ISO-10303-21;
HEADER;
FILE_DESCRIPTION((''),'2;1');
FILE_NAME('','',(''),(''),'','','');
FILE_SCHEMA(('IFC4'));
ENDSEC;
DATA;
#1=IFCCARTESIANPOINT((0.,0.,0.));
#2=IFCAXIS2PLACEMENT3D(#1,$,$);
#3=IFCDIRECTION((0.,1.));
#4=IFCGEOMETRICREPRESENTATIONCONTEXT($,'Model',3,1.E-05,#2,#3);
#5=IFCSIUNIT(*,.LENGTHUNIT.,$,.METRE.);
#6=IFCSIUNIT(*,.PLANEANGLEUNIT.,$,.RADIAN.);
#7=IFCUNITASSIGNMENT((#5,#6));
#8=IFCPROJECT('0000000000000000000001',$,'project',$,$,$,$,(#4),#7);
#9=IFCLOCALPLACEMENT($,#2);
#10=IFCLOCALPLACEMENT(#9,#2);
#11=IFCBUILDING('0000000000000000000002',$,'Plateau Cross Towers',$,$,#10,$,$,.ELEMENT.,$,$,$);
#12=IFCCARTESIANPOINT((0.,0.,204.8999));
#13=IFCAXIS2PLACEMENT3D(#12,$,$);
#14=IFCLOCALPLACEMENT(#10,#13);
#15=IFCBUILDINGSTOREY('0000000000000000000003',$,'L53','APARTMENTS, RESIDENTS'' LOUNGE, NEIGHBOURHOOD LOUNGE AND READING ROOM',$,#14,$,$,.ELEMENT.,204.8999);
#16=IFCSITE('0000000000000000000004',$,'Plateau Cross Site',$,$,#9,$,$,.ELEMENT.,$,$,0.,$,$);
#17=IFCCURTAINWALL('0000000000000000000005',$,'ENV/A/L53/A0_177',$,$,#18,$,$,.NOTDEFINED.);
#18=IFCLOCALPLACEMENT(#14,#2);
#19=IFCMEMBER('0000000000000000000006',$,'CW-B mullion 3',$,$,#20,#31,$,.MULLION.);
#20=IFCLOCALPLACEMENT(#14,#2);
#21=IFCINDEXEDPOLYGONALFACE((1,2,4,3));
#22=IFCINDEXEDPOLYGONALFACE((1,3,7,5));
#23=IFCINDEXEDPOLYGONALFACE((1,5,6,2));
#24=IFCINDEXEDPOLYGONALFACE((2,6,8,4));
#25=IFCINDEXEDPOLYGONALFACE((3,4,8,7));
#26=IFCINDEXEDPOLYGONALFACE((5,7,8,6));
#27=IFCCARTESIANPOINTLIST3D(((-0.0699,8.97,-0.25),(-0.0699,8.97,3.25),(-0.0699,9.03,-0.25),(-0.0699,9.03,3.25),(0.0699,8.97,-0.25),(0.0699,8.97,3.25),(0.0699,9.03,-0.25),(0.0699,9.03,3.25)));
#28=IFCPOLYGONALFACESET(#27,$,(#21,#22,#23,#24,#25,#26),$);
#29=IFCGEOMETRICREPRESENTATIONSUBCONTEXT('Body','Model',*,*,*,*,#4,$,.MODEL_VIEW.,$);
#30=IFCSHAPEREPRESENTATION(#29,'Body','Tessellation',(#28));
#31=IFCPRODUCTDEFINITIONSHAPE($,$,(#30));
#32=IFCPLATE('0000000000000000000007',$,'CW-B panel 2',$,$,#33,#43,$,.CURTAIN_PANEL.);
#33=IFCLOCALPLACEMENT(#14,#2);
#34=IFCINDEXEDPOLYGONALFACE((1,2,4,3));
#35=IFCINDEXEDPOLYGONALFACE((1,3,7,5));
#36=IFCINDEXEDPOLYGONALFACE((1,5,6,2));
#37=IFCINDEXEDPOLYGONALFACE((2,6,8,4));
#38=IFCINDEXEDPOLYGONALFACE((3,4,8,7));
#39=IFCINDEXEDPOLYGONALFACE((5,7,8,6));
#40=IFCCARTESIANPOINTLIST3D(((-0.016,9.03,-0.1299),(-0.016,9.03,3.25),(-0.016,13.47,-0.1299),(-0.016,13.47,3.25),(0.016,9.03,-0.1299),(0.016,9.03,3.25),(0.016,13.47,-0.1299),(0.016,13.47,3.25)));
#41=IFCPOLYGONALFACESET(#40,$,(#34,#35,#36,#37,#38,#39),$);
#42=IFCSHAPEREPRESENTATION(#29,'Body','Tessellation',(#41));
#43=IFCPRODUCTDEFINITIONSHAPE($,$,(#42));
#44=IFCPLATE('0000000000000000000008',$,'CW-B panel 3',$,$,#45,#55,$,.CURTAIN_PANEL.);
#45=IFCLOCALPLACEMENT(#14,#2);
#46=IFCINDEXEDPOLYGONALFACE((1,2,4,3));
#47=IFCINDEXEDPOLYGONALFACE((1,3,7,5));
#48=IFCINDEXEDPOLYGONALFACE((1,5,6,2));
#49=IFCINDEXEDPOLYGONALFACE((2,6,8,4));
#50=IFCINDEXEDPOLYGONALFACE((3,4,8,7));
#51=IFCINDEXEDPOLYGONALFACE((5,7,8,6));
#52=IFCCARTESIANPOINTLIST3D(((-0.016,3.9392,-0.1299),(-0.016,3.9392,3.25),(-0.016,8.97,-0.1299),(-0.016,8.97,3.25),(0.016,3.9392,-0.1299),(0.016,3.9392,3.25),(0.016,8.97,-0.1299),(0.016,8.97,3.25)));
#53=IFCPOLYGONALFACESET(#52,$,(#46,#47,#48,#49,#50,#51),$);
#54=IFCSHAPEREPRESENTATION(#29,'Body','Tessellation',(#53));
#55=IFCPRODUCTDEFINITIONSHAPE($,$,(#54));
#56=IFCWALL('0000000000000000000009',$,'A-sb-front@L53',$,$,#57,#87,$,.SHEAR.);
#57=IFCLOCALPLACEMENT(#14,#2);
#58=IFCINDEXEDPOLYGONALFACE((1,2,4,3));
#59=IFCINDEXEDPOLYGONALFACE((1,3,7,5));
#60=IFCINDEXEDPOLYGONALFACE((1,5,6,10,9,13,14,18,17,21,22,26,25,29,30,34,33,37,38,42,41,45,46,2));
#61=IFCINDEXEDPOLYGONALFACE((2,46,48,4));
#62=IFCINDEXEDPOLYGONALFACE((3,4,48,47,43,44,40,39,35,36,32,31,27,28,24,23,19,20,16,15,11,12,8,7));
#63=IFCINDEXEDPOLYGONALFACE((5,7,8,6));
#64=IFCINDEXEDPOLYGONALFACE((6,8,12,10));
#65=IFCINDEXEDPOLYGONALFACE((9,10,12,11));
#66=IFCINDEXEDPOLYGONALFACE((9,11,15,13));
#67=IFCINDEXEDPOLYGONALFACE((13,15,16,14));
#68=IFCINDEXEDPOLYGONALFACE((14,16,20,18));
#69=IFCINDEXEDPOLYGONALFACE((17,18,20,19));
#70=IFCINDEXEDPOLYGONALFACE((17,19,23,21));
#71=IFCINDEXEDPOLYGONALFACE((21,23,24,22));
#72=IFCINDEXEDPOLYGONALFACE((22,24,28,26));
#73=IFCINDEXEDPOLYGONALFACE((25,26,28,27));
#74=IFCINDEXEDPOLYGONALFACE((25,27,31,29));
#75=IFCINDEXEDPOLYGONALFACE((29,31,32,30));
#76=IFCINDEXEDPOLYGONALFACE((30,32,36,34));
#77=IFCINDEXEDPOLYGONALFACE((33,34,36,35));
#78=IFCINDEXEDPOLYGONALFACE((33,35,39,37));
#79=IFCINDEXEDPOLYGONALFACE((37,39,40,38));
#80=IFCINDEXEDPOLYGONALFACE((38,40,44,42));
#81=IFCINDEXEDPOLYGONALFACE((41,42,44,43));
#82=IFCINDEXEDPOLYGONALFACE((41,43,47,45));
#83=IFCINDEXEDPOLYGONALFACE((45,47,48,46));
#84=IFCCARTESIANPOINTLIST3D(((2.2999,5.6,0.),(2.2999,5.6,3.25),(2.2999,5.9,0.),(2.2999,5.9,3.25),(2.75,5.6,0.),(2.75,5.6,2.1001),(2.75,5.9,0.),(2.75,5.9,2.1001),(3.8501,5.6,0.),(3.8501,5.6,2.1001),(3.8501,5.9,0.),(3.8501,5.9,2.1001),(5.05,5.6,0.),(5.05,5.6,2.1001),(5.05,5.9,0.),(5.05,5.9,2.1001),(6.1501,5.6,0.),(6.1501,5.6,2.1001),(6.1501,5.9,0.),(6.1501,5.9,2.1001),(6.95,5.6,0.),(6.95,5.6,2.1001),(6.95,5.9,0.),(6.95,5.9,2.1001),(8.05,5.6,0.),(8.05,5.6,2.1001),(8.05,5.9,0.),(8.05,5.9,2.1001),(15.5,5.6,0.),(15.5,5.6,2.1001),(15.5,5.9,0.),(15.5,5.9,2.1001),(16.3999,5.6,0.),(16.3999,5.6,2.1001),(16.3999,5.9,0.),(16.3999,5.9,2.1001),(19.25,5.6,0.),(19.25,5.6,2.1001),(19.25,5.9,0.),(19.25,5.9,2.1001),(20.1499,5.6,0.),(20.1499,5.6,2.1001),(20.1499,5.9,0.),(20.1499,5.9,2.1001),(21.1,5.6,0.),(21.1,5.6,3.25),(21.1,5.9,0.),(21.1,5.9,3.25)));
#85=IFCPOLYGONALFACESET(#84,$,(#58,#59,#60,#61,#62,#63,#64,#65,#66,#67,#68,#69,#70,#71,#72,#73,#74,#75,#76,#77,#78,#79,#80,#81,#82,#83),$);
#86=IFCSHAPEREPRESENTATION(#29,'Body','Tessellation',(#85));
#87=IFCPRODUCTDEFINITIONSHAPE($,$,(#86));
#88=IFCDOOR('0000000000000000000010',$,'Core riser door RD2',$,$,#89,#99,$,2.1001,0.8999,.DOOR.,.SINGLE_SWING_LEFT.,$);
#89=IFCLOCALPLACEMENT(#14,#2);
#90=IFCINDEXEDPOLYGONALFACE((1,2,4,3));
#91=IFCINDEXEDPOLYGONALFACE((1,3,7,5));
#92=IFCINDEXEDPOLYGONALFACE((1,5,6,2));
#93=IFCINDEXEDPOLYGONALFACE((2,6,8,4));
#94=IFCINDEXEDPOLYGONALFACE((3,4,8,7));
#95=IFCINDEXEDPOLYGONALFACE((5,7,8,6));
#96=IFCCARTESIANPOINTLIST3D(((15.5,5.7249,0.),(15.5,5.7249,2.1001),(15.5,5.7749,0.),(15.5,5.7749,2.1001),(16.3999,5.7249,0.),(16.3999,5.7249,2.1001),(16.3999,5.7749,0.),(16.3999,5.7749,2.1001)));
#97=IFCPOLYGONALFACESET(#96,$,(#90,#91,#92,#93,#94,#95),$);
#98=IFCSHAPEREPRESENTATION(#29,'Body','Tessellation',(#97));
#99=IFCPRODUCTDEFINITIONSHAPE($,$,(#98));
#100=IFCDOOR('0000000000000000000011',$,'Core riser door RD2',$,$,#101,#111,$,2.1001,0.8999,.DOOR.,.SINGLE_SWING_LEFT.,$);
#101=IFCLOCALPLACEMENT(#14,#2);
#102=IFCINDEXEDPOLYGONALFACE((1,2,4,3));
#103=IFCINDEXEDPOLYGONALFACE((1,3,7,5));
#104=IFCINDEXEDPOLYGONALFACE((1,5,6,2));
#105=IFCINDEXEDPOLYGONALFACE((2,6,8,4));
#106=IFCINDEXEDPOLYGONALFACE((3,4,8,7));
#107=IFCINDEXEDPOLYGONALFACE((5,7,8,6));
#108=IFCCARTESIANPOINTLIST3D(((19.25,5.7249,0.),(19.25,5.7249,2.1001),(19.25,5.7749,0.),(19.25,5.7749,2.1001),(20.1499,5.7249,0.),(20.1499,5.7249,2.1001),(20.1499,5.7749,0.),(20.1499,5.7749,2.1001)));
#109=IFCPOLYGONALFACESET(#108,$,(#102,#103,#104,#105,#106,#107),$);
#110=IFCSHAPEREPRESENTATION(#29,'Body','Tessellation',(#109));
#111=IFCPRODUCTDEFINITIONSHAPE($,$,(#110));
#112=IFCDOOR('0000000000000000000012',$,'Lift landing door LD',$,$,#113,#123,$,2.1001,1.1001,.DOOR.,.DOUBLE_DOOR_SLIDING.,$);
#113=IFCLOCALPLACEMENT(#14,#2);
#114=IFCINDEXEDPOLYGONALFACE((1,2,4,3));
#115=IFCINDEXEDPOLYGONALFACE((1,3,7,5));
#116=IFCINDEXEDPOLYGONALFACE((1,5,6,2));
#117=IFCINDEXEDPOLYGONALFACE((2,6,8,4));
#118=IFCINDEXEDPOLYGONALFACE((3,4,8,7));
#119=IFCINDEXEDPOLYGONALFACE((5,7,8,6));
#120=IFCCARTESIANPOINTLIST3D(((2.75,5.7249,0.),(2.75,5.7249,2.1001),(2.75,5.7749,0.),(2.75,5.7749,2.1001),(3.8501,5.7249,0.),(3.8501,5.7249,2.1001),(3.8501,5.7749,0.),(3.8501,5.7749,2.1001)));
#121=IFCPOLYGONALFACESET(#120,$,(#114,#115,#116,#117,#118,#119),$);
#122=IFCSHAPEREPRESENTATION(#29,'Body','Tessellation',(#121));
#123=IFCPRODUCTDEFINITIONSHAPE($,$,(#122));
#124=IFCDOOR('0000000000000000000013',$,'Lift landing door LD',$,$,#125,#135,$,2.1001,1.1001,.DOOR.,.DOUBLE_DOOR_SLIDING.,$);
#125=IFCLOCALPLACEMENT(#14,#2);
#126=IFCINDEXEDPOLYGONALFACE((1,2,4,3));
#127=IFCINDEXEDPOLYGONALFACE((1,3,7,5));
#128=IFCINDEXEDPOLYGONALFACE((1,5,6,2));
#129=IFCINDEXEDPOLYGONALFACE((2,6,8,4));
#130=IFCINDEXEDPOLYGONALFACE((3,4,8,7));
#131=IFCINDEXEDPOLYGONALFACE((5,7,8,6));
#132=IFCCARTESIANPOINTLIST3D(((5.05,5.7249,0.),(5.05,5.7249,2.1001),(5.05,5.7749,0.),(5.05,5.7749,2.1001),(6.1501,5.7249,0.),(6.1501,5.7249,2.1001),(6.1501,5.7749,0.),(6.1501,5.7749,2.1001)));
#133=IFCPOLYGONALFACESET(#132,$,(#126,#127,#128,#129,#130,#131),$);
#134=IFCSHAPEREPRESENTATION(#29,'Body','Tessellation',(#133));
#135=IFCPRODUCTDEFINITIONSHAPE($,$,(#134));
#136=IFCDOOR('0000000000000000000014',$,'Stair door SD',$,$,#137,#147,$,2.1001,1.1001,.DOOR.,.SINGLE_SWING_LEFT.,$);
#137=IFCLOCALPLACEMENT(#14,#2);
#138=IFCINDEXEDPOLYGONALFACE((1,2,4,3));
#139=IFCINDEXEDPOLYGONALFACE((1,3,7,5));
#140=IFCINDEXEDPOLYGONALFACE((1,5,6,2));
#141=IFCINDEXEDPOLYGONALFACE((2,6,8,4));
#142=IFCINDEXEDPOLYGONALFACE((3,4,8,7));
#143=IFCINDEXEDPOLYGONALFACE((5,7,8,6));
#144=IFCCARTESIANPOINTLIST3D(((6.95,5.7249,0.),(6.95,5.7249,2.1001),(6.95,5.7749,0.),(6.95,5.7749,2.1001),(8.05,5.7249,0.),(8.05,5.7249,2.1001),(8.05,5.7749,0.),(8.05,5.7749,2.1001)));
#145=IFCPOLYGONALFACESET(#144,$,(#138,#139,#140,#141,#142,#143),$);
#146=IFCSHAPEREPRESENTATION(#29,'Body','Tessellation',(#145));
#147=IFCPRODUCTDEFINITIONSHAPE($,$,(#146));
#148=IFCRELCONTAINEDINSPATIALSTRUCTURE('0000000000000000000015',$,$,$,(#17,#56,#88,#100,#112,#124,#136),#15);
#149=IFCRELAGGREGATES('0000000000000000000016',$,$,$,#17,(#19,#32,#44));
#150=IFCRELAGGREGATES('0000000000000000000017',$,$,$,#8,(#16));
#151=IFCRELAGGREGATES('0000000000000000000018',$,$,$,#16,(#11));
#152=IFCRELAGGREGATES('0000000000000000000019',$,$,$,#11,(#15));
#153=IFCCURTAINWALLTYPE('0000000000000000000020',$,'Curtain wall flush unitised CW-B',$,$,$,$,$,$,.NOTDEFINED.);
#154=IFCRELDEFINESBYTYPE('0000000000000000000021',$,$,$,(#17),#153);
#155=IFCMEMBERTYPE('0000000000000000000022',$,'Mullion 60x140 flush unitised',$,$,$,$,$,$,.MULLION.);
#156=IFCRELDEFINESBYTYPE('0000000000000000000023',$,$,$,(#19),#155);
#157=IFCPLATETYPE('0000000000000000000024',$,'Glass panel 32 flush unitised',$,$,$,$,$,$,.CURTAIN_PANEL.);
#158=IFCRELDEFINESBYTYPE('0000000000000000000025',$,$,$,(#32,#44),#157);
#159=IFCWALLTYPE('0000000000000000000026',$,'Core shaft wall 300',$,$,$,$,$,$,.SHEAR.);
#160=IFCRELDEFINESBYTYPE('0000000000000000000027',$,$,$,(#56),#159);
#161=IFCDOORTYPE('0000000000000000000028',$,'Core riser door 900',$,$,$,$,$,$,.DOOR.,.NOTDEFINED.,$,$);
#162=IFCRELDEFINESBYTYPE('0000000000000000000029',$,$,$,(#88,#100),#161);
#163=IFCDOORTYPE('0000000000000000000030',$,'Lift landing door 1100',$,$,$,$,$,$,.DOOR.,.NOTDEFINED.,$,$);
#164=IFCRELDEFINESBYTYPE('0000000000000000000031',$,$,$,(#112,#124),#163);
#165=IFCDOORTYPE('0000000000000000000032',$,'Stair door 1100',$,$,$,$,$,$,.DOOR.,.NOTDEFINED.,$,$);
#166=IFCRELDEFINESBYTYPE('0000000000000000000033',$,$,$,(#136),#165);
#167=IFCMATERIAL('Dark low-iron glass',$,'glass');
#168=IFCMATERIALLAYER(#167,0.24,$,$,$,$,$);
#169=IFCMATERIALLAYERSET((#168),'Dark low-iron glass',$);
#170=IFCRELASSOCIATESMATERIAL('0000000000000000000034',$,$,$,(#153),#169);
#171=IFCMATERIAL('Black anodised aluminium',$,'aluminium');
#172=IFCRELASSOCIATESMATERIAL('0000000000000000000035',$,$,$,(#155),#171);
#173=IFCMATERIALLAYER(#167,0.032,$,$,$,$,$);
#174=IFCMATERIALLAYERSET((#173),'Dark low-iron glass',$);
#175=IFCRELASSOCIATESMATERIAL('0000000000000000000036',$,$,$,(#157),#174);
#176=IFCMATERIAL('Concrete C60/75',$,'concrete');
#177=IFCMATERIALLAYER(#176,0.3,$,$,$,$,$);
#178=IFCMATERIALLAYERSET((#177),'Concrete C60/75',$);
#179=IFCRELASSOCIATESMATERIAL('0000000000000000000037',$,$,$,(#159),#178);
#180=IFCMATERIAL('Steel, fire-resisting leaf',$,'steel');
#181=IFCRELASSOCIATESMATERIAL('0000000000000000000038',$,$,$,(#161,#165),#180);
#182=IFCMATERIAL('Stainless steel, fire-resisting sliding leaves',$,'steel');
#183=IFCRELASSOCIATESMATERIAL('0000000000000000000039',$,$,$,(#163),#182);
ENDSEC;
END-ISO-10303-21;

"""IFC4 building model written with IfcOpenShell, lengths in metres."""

from ifc_helpers import new_model, si_unit, direction, frame, frame_2d, origin, origin_2d, place, context, subcontext, project, spatial, rectangle, extrude, material, layer, layer_set, material_profile, profile_set, type_object, element, fill, aggregate, save


model = new_model("IFC4")

# Units and contexts
model_context = context("Model", 3, precision=1e-05, world=origin(), true_north=direction((0.0, 1.0)))
body_context = subcontext(model_context, "Body", "Model", "MODEL_VIEW")
ifc_project = project(units=[si_unit("LENGTHUNIT", "METRE"), si_unit("PLANEANGLEUNIT", "RADIAN")], contexts=[model_context])

# Site, building, storey
site_placement = place(None, origin())
site = spatial("IfcSite", under=ifc_project, at=site_placement, Name="Plateau Cross Site", CompositionType="ELEMENT", RefElevation=0.0)
building_placement = place(site_placement, origin())
building = spatial("IfcBuilding", under=site, at=building_placement, Name="Plateau Cross Towers", CompositionType="ELEMENT")
storey_placement = place(building_placement, frame((0.0, 0.0, 204.8999)))
storey = spatial("IfcBuildingStorey", under=building, at=storey_placement, Name="L53", Description="APARTMENTS, RESIDENTS' LOUNGE, NEIGHBOURHOOD LOUNGE AND READING ROOM", CompositionType="ELEMENT", Elevation=204.8999)

# Curtain wall, member, plates
ifc_material_1 = material(Name="Dark low-iron glass", Category="glass")
ifc_layer_1 = layer(ifc_material_1, 0.24)
ifc_layer_set_1 = layer_set([ifc_layer_1], Name="Dark low-iron glass")
curtain_wall_type = type_object("IfcCurtainWallType", Name="Curtain wall flush unitised CW-B", PredefinedType="NOTDEFINED", material=ifc_layer_set_1)
curtain_wall_placement = place(storey_placement, origin())
curtain_wall = element("IfcCurtainWall", 1, at=curtain_wall_placement, inside=storey, type_object=curtain_wall_type, Name="ENV/A/L53/A0_177", PredefinedType="NOTDEFINED")
ifc_material_2 = material(Name="Black anodised aluminium", Category="aluminium")
ifc_material_profile = material_profile(ifc_material_2, rectangle(XDim=0.0601, YDim=0.1399, at=origin_2d()), Name="MULLION 60x140")
ifc_profile_set = profile_set([ifc_material_profile], Name="Black anodised aluminium")
member_type = type_object("IfcMemberType", Name="Mullion 60x140 flush unitised", PredefinedType="MULLION", material=ifc_profile_set)
member_placement = place(storey_placement, frame((0.0, 9.0, -0.25), z_axis=(0.0, 0.0, 1.0), x_axis=(0.0, -1.0, 0.0)))
member = element("IfcMember", 2, at=member_placement, type_object=member_type, Name="CW-B mullion 3", PredefinedType="MULLION", context=body_context, shape_type="SweptSolid", body=[
    extrude(rectangle(XDim=0.0601, YDim=0.1399, at=origin_2d()), origin(), (0.0, 0.0, 1.0), 3.5),
])
ifc_layer_2 = layer(ifc_material_1, 0.032)
ifc_layer_set_2 = layer_set([ifc_layer_2], Name="Dark low-iron glass")
plate_type = type_object("IfcPlateType", Name="Glass panel 32 flush unitised", PredefinedType="CURTAIN_PANEL", material=ifc_layer_set_2)
plate_1_placement = place(storey_placement, frame((0.0, 11.25, -0.1299), z_axis=(0.0, 0.0, 1.0), x_axis=(0.0, -1.0, 0.0)))
plate_1 = element("IfcPlate", 3, at=plate_1_placement, type_object=plate_type, Name="CW-B panel 2", PredefinedType="CURTAIN_PANEL", context=body_context, shape_type="SweptSolid", body=[
    extrude(rectangle(XDim=4.4399, YDim=0.032, at=origin_2d()), origin(), (0.0, 0.0, 1.0), 3.3799),
])
plate_2_placement = place(storey_placement, frame((0.0, 6.4546, -0.1299), z_axis=(0.0, 0.0, 1.0), x_axis=(0.0, -1.0, 0.0)))
plate_2 = element("IfcPlate", 4, at=plate_2_placement, type_object=plate_type, Name="CW-B panel 3", PredefinedType="CURTAIN_PANEL", context=body_context, shape_type="SweptSolid", body=[
    extrude(rectangle(XDim=5.0308, YDim=0.032, at=origin_2d()), origin(), (0.0, 0.0, 1.0), 3.3799),
])
aggregate(curtain_wall, [member, plate_1, plate_2])

# Wall, openings, doors
ifc_material_3 = material(Name="Concrete C60/75", Category="concrete")
ifc_layer_3 = layer(ifc_material_3, 0.3)
ifc_layer_set_3 = layer_set([ifc_layer_3], Name="Concrete C60/75")
wall_type = type_object("IfcWallType", Name="Core shaft wall 300", PredefinedType="SHEAR", material=ifc_layer_set_3)
wall_1_placement = place(storey_placement, frame((2.3, 5.75, 0.0), z_axis=(0.0, 0.0, 1.0), x_axis=(1.0, 0.0, 0.0)))
wall_1 = element("IfcWall", 5, at=wall_1_placement, inside=storey, type_object=wall_type, Name="A-sb-front@L53", PredefinedType="SHEAR", context=body_context, shape_type="SweptSolid", body=[
    extrude(rectangle(XDim=18.8, YDim=0.3, at=frame_2d((9.3999, 0.0))), origin(), (0.0, 0.0, 1.0), 3.25),
])
opening_1_placement = place(wall_1_placement, frame((4.6499, 0.0, 0.0)))
opening_1 = element("IfcOpeningElement", 6, at=opening_1_placement, cuts=wall_1, PredefinedType="OPENING", context=body_context, shape_type="SweptSolid", body=[
    extrude(rectangle(XDim=1.1001, YDim=2.1001, at=frame_2d((0.55, 1.05))), frame((0.0, 0.1599, 0.0), z_axis=(0.0, -1.0, 0.0), x_axis=(1.0, 0.0, 0.0)), (0.0, 0.0, 1.0), 0.3201),
])
opening_2_placement = place(wall_1_placement, frame((0.45, 0.0, 0.0)))
opening_2 = element("IfcOpeningElement", 7, at=opening_2_placement, cuts=wall_1, PredefinedType="OPENING", context=body_context, shape_type="SweptSolid", body=[
    extrude(rectangle(XDim=1.1001, YDim=2.1001, at=frame_2d((0.55, 1.05))), frame((0.0, 0.1599, 0.0), z_axis=(0.0, -1.0, 0.0), x_axis=(1.0, 0.0, 0.0)), (0.0, 0.0, 1.0), 0.3201),
])
opening_3_placement = place(wall_1_placement, frame((2.75, 0.0, 0.0)))
opening_3 = element("IfcOpeningElement", 8, at=opening_3_placement, cuts=wall_1, PredefinedType="OPENING", context=body_context, shape_type="SweptSolid", body=[
    extrude(rectangle(XDim=1.1001, YDim=2.1001, at=frame_2d((0.55, 1.05))), frame((0.0, 0.1599, 0.0), z_axis=(0.0, -1.0, 0.0), x_axis=(1.0, 0.0, 0.0)), (0.0, 0.0, 1.0), 0.3201),
])
opening_4_placement = place(wall_1_placement, frame((13.2, 0.0, 0.0)))
opening_4 = element("IfcOpeningElement", 9, at=opening_4_placement, cuts=wall_1, PredefinedType="OPENING", context=body_context, shape_type="SweptSolid", body=[
    extrude(rectangle(XDim=0.8999, YDim=2.1001, at=frame_2d((0.45, 1.05))), frame((0.0, 0.1599, 0.0), z_axis=(0.0, -1.0, 0.0), x_axis=(1.0, 0.0, 0.0)), (0.0, 0.0, 1.0), 0.3201),
])
opening_5_placement = place(wall_1_placement, frame((16.95, 0.0, 0.0)))
opening_5 = element("IfcOpeningElement", 10, at=opening_5_placement, cuts=wall_1, PredefinedType="OPENING", context=body_context, shape_type="SweptSolid", body=[
    extrude(rectangle(XDim=0.8999, YDim=2.1001, at=frame_2d((0.45, 1.05))), frame((0.0, 0.1599, 0.0), z_axis=(0.0, -1.0, 0.0), x_axis=(1.0, 0.0, 0.0)), (0.0, 0.0, 1.0), 0.3201),
])
ifc_material_4 = material(Name="Steel, fire-resisting leaf", Category="steel")
door_type_1 = type_object("IfcDoorType", Name="Core riser door 900", OperationType="NOTDEFINED", PredefinedType="DOOR", material=ifc_material_4)
door_1_placement = place(opening_4_placement, origin())
door_1 = element("IfcDoor", 11, at=door_1_placement, inside=storey, type_object=door_type_1, Name="Core riser door RD2", OperationType="SINGLE_SWING_LEFT", OverallHeight=2.1001, OverallWidth=0.8999, PredefinedType="DOOR", context=body_context, shape_type="SweptSolid", body=[
    extrude(rectangle(XDim=0.8999, YDim=2.1001, at=frame_2d((0.45, 1.05))), frame((0.0, 0.0249, 0.0), z_axis=(0.0, -1.0, 0.0), x_axis=(1.0, 0.0, 0.0)), (0.0, 0.0, 1.0), 0.05),
])
fill(opening_4, door_1)
door_2_placement = place(opening_5_placement, origin())
door_2 = element("IfcDoor", 12, at=door_2_placement, inside=storey, type_object=door_type_1, Name="Core riser door RD2", OperationType="SINGLE_SWING_LEFT", OverallHeight=2.1001, OverallWidth=0.8999, PredefinedType="DOOR", context=body_context, shape_type="SweptSolid", body=[
    extrude(rectangle(XDim=0.8999, YDim=2.1001, at=frame_2d((0.45, 1.05))), frame((0.0, 0.0249, 0.0), z_axis=(0.0, -1.0, 0.0), x_axis=(1.0, 0.0, 0.0)), (0.0, 0.0, 1.0), 0.05),
])
fill(opening_5, door_2)
ifc_material_5 = material(Name="Stainless steel, fire-resisting sliding leaves", Category="steel")
door_type_2 = type_object("IfcDoorType", Name="Lift landing door 1100", OperationType="NOTDEFINED", PredefinedType="DOOR", material=ifc_material_5)
door_3_placement = place(opening_2_placement, origin())
door_3 = element("IfcDoor", 13, at=door_3_placement, inside=storey, type_object=door_type_2, Name="Lift landing door LD", OperationType="DOUBLE_DOOR_SLIDING", OverallHeight=2.1001, OverallWidth=1.1001, PredefinedType="DOOR", context=body_context, shape_type="SweptSolid", body=[
    extrude(rectangle(XDim=1.1001, YDim=2.1001, at=frame_2d((0.55, 1.05))), frame((0.0, 0.0249, 0.0), z_axis=(0.0, -1.0, 0.0), x_axis=(1.0, 0.0, 0.0)), (0.0, 0.0, 1.0), 0.05),
])
fill(opening_2, door_3)
door_4_placement = place(opening_3_placement, origin())
door_4 = element("IfcDoor", 14, at=door_4_placement, inside=storey, type_object=door_type_2, Name="Lift landing door LD", OperationType="DOUBLE_DOOR_SLIDING", OverallHeight=2.1001, OverallWidth=1.1001, PredefinedType="DOOR", context=body_context, shape_type="SweptSolid", body=[
    extrude(rectangle(XDim=1.1001, YDim=2.1001, at=frame_2d((0.55, 1.05))), frame((0.0, 0.0249, 0.0), z_axis=(0.0, -1.0, 0.0), x_axis=(1.0, 0.0, 0.0)), (0.0, 0.0, 1.0), 0.05),
])
fill(opening_3, door_4)
door_type_3 = type_object("IfcDoorType", Name="Stair door 1100", OperationType="NOTDEFINED", PredefinedType="DOOR", material=ifc_material_4)
door_5_placement = place(opening_1_placement, origin())
door_5 = element("IfcDoor", 15, at=door_5_placement, inside=storey, type_object=door_type_3, Name="Stair door SD", OperationType="SINGLE_SWING_LEFT", OverallHeight=2.1001, OverallWidth=1.1001, PredefinedType="DOOR", context=body_context, shape_type="SweptSolid", body=[
    extrude(rectangle(XDim=1.1001, YDim=2.1001, at=frame_2d((0.55, 1.05))), frame((0.0, 0.0249, 0.0), z_axis=(0.0, -1.0, 0.0), x_axis=(1.0, 0.0, 0.0)), (0.0, 0.0, 1.0), 0.05),
])
fill(opening_1, door_5)

save(model, "model.ifc")
